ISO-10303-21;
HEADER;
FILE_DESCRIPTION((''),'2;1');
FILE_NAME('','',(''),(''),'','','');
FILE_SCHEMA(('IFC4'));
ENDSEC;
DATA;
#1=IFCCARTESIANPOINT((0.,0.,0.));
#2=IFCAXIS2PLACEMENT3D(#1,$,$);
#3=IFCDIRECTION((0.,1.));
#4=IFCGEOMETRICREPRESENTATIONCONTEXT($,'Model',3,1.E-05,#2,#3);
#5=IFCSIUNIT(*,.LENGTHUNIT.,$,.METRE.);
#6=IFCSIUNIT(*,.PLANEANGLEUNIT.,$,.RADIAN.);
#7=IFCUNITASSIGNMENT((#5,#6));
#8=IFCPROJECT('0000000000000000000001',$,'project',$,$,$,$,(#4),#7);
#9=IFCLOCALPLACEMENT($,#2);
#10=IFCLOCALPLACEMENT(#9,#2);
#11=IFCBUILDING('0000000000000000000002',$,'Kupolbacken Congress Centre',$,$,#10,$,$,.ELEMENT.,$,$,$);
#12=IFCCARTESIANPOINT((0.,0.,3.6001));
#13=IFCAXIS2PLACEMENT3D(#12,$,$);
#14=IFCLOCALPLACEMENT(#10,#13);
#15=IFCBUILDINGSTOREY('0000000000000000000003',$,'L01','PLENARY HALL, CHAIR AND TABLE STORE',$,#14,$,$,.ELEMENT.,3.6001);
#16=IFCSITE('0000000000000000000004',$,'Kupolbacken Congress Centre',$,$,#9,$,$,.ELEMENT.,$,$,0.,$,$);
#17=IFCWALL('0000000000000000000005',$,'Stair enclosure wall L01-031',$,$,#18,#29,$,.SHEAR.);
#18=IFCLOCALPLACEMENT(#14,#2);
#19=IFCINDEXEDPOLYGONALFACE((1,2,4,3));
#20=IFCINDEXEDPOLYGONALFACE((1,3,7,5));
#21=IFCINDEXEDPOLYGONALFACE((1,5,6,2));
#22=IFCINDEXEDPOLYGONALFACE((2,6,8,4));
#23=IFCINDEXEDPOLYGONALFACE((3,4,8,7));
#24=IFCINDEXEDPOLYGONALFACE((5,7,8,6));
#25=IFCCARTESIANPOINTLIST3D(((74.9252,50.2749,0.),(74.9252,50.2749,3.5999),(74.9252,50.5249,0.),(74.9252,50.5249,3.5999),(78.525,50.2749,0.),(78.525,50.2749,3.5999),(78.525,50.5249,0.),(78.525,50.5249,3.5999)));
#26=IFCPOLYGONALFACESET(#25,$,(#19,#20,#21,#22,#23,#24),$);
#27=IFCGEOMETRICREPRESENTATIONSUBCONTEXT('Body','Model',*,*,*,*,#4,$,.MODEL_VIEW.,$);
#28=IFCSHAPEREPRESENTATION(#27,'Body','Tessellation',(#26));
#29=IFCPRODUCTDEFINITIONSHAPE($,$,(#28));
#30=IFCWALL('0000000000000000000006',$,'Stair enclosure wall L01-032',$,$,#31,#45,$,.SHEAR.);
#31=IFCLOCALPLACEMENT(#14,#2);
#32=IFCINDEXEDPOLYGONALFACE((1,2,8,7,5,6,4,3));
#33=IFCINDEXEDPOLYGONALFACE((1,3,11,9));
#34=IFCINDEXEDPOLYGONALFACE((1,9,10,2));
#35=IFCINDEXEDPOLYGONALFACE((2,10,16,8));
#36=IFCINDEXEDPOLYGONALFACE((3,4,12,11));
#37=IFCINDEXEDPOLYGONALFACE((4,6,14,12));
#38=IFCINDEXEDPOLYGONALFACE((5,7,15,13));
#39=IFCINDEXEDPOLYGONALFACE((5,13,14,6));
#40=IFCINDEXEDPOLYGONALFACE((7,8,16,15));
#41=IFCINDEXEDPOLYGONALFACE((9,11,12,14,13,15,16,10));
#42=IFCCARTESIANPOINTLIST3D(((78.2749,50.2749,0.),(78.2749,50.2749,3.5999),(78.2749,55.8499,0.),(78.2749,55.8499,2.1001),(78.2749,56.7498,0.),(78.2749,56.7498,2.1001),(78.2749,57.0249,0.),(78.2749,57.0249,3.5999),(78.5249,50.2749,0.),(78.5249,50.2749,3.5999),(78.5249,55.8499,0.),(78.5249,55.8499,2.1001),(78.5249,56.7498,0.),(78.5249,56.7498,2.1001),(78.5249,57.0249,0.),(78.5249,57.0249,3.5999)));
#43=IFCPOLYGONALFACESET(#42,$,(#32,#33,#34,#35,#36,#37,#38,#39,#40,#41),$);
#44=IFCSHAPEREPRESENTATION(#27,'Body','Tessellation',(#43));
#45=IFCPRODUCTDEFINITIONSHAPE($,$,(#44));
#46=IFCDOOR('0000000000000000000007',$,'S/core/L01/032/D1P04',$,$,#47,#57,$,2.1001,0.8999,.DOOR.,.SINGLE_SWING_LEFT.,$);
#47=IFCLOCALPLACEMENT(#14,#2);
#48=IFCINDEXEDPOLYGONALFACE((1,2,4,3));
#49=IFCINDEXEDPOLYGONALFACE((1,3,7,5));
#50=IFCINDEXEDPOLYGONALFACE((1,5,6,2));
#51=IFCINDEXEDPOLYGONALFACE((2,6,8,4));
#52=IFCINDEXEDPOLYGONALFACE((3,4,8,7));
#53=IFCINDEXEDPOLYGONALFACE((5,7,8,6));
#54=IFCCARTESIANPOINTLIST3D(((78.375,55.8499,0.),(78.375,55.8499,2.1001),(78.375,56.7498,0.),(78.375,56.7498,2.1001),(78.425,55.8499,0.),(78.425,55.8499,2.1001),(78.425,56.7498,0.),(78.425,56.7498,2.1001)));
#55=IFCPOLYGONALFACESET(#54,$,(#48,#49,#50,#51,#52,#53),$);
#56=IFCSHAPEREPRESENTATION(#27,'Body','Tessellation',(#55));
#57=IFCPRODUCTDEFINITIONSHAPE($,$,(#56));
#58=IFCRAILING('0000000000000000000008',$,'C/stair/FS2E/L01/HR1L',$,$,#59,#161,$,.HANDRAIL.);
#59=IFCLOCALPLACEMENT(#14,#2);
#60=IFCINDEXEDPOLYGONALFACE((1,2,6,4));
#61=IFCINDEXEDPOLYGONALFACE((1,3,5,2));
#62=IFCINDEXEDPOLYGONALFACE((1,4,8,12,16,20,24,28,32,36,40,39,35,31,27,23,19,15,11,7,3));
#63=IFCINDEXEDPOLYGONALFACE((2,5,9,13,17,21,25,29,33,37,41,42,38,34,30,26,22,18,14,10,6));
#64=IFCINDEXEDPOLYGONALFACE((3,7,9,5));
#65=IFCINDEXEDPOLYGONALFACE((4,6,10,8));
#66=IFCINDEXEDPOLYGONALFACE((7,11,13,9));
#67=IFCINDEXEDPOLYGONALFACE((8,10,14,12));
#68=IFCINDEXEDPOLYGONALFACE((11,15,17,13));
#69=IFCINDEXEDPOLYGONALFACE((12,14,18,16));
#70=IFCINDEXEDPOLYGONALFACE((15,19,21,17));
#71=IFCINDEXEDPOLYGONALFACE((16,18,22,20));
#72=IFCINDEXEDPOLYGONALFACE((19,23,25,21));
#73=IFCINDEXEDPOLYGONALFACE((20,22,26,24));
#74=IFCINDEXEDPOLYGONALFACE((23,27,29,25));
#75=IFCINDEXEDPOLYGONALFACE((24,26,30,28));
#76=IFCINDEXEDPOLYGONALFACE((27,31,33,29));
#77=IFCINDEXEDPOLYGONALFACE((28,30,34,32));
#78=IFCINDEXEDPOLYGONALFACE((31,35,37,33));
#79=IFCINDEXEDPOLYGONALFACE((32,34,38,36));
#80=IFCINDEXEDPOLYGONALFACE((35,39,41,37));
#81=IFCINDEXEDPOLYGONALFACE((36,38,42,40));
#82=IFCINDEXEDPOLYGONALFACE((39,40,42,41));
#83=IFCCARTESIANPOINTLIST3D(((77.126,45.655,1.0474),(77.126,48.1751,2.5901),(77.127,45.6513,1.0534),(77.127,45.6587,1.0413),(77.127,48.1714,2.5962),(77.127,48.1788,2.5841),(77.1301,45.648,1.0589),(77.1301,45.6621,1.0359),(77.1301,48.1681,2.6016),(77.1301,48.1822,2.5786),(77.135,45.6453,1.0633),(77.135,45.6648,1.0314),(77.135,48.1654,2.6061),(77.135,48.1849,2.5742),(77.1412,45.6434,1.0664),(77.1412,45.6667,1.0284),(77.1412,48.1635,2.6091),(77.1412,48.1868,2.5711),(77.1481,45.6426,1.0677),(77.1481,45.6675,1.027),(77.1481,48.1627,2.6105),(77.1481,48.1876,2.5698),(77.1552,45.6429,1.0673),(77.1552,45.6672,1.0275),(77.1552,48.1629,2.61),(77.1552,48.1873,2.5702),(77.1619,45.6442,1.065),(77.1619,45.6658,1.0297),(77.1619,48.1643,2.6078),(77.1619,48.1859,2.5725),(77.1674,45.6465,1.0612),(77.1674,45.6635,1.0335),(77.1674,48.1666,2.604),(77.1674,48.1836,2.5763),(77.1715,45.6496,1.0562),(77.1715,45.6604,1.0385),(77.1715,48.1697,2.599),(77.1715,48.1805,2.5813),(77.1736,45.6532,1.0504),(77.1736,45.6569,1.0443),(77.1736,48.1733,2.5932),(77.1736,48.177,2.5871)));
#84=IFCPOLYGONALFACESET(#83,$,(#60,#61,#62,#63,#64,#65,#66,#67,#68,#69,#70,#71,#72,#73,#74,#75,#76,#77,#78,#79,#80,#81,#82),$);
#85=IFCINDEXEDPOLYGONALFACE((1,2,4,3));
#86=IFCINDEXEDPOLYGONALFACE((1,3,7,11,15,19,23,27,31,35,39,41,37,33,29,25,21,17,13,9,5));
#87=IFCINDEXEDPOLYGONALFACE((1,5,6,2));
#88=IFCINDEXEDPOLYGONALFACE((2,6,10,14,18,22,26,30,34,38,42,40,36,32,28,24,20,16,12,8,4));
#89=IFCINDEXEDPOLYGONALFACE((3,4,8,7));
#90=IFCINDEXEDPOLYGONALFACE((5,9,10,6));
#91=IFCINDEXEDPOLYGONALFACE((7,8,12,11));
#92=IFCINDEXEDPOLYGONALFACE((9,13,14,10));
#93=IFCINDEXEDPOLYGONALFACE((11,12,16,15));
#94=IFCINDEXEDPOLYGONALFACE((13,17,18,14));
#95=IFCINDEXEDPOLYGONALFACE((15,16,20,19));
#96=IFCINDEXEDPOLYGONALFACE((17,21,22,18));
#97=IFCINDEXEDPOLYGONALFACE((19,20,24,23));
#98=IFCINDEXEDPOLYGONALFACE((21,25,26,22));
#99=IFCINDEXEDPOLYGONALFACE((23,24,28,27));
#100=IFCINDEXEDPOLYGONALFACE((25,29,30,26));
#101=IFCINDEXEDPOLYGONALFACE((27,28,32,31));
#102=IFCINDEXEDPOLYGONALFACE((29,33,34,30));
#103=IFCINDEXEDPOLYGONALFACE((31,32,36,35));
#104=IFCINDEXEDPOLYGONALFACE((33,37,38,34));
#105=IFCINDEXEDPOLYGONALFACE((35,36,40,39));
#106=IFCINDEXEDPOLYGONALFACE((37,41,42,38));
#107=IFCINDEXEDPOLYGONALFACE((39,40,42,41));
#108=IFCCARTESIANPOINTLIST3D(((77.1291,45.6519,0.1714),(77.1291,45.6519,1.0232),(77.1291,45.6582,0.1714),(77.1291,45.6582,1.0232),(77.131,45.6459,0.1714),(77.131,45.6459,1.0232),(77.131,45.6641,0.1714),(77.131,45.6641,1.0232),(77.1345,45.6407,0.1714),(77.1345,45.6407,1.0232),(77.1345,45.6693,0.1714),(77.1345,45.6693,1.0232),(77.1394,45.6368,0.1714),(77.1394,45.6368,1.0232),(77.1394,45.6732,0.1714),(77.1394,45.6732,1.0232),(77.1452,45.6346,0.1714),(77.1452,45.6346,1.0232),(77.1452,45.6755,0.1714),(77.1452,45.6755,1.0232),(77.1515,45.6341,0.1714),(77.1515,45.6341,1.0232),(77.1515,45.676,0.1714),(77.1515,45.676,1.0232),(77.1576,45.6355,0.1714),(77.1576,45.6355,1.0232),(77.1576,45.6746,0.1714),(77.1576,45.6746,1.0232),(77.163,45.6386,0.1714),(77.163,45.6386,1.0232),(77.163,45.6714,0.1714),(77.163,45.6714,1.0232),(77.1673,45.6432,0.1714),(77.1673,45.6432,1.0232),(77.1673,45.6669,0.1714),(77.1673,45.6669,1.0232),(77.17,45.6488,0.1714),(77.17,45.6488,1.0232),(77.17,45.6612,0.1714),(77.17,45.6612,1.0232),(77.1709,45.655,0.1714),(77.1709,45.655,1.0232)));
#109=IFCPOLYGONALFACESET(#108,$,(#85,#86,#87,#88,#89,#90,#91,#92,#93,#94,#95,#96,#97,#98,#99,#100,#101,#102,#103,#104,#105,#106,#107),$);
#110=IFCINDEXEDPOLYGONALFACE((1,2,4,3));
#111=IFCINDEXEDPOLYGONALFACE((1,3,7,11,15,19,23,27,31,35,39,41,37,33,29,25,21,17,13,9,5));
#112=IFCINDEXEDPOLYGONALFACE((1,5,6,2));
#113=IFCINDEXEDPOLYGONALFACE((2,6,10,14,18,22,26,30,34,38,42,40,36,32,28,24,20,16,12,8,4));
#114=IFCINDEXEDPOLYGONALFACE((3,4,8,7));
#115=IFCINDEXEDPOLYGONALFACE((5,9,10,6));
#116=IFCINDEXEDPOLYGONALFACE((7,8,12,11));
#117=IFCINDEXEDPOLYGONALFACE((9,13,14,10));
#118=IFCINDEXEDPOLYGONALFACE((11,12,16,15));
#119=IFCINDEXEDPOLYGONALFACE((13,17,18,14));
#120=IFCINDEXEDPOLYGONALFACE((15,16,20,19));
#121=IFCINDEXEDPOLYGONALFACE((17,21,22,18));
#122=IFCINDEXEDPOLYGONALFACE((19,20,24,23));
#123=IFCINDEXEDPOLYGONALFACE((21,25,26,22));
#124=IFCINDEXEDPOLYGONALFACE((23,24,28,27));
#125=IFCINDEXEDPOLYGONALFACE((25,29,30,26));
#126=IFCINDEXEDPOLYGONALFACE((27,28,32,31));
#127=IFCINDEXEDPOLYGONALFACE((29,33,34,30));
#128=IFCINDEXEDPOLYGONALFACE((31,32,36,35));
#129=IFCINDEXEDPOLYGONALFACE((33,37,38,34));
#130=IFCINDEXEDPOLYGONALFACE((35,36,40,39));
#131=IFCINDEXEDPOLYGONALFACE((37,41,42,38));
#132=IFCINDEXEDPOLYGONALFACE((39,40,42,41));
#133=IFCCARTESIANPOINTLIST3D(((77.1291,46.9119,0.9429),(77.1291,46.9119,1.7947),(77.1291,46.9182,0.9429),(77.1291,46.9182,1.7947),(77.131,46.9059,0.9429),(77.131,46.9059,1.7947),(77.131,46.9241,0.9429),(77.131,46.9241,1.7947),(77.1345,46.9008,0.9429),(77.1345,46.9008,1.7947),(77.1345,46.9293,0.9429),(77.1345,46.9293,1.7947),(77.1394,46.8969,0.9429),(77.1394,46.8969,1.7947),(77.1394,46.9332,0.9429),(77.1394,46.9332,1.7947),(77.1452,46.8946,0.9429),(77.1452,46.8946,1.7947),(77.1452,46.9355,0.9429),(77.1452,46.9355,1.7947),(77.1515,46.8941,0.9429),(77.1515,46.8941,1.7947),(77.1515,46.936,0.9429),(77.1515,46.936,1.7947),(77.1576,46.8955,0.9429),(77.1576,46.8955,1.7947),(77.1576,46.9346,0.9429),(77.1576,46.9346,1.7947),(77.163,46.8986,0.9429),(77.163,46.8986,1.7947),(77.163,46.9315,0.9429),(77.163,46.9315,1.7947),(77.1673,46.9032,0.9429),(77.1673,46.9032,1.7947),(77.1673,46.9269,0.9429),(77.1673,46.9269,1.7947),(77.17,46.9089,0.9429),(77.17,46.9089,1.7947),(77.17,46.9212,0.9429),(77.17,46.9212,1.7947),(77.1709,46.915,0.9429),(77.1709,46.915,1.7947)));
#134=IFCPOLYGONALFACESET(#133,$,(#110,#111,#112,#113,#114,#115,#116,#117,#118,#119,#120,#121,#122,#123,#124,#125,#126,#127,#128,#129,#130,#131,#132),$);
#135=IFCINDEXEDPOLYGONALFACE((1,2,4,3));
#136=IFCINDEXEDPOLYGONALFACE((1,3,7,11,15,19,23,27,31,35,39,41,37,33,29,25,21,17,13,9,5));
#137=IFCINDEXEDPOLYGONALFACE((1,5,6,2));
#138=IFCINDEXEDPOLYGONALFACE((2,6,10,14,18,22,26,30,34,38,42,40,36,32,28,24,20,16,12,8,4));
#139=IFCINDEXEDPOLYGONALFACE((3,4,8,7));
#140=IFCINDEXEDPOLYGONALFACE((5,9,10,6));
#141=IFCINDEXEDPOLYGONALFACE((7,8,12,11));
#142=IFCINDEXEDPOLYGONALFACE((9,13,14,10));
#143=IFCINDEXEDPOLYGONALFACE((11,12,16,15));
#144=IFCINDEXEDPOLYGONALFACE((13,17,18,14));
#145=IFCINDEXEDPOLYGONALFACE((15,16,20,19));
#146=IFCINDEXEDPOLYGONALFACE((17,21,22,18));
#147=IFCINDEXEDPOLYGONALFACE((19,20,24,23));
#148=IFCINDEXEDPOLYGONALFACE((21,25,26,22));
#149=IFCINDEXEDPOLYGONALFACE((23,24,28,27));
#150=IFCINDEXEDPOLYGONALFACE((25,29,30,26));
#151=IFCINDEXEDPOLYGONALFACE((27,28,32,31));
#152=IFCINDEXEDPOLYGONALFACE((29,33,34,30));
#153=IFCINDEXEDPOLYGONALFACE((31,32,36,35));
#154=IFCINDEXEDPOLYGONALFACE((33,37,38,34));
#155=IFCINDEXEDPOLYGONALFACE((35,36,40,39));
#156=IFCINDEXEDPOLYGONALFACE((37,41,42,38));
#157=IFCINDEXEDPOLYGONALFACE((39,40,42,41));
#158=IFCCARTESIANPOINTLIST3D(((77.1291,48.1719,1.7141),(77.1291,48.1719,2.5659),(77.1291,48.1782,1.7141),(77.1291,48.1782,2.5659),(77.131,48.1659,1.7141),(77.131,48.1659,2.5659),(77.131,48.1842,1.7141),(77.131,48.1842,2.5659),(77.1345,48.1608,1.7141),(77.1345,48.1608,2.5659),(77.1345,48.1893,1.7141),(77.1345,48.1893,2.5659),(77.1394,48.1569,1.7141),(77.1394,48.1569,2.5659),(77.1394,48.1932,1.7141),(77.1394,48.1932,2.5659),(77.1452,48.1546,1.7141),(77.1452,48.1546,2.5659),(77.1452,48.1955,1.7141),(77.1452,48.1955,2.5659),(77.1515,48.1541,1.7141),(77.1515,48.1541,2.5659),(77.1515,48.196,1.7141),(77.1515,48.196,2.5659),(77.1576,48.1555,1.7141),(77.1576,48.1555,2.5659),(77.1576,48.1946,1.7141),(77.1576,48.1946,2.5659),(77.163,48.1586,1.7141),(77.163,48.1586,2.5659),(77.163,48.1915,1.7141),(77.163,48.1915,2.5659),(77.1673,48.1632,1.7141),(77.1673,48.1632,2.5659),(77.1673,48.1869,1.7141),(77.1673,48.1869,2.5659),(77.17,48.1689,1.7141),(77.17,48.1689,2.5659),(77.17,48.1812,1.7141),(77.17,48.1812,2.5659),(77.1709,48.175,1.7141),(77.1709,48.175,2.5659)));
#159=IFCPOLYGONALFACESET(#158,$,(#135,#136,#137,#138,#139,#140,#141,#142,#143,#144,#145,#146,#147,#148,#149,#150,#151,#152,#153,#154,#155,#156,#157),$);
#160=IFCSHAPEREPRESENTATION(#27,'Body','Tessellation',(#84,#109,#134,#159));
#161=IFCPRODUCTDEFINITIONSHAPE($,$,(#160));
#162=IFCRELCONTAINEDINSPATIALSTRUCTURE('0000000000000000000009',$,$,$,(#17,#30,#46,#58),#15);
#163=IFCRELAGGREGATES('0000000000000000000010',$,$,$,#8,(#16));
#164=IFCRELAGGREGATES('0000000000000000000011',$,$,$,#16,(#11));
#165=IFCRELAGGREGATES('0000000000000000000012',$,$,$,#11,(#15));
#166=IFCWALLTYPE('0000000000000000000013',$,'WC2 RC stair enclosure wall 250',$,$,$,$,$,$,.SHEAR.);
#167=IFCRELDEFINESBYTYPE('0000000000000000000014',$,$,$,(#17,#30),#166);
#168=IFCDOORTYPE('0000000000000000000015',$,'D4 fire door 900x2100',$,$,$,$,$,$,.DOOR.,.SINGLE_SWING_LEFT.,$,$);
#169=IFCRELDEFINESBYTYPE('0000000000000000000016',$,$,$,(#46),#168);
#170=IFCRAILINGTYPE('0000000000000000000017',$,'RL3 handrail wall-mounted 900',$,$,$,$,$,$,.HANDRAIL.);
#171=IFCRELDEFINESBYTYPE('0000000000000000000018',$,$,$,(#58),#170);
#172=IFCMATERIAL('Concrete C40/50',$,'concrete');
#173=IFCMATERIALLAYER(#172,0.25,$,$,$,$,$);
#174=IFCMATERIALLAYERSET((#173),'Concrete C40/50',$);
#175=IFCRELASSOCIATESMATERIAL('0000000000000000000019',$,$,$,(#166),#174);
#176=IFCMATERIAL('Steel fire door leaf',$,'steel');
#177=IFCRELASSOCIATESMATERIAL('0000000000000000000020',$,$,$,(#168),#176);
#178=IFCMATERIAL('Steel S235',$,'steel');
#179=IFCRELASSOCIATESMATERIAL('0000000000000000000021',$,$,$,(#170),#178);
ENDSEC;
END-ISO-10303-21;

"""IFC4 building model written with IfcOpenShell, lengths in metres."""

from ifc_helpers import new_model, si_unit, direction, frame, frame_2d, origin, origin_2d, place, context, subcontext, project, spatial, rectangle, circle, extrude, material, layer, layer_set, type_object, element, fill, save


model = new_model("IFC4")

# Units and contexts
model_context = context("Model", 3, precision=1e-05, world=origin(), true_north=direction((0.0, 1.0)))
body_context = subcontext(model_context, "Body", "Model", "MODEL_VIEW")
ifc_project = project(units=[si_unit("LENGTHUNIT", "METRE"), si_unit("PLANEANGLEUNIT", "RADIAN")], contexts=[model_context])

# Site, building, storey
site_placement = place(None, origin())
site = spatial("IfcSite", under=ifc_project, at=site_placement, Name="Kupolbacken Congress Centre", CompositionType="ELEMENT", RefElevation=0.0)
building_placement = place(site_placement, origin())
building = spatial("IfcBuilding", under=site, at=building_placement, Name="Kupolbacken Congress Centre", CompositionType="ELEMENT")
storey_placement = place(building_placement, frame((0.0, 0.0, 3.6001)))
storey = spatial("IfcBuildingStorey", under=building, at=storey_placement, Name="L01", Description="PLENARY HALL, CHAIR AND TABLE STORE", CompositionType="ELEMENT", Elevation=3.6001)

# Wall
ifc_material_1 = material(Name="Concrete C40/50", Category="concrete")
ifc_layer_1 = layer(ifc_material_1, 0.25)
ifc_layer_set_1 = layer_set([ifc_layer_1], Name="Concrete C40/50")
wall_type_1 = type_object("IfcWallType", Name="WC2 RC stair enclosure wall 250", PredefinedType="SHEAR", material=ifc_layer_set_1)
wall_1_placement = place(storey_placement, frame((78.5249, 50.3999, 0.0), z_axis=(0.0, 0.0, 1.0), x_axis=(-1.0, 0.0, 0.0)))
element("IfcWall", 1, at=wall_1_placement, inside=storey, type_object=wall_type_1, Name="Stair enclosure wall L01-031", PredefinedType="SHEAR", context=body_context, shape_type="SweptSolid", body=[
    extrude(rectangle(XDim=3.5999, YDim=0.25, at=frame_2d((1.7998, 0.0))), origin(), (0.0, 0.0, 1.0), 3.5999),
])

# Wall, opening, door
wall_2_placement = place(storey_placement, frame((78.3999, 50.2749, 0.0), z_axis=(0.0, 0.0, 1.0), x_axis=(0.0, 1.0, 0.0)))
wall_2 = element("IfcWall", 2, at=wall_2_placement, inside=storey, type_object=wall_type_1, Name="Stair enclosure wall L01-032", PredefinedType="SHEAR", context=body_context, shape_type="SweptSolid", body=[
    extrude(rectangle(XDim=6.75, YDim=0.25, at=frame_2d((3.375, 0.0))), origin(), (0.0, 0.0, 1.0), 3.5999),
])
opening_1_placement = place(wall_2_placement, frame((5.575, 0.0, 0.0)))
opening_1 = element("IfcOpeningElement", 3, at=opening_1_placement, cuts=wall_2, PredefinedType="OPENING", context=body_context, shape_type="SweptSolid", body=[
    extrude(rectangle(XDim=0.8999, YDim=2.1001, at=frame_2d((0.45, 1.05))), frame((0.0, 0.135, 0.0), z_axis=(0.0, -1.0, 0.0), x_axis=(1.0, 0.0, 0.0)), (0.0, 0.0, 1.0), 0.27),
])
ifc_material_2 = material(Name="Steel fire door leaf", Category="steel")
door_type_1 = type_object("IfcDoorType", Name="D4 fire door 900x2100", OperationType="SINGLE_SWING_LEFT", PredefinedType="DOOR", material=ifc_material_2)
door_1_placement = place(opening_1_placement, origin())
door_1 = element("IfcDoor", 4, at=door_1_placement, inside=storey, type_object=door_type_1, Name="S/core/L01/032/D1P04", OperationType="SINGLE_SWING_LEFT", OverallHeight=2.1001, OverallWidth=0.8999, PredefinedType="DOOR", context=body_context, shape_type="SweptSolid", body=[
    extrude(rectangle(XDim=0.8999, YDim=2.1001, at=frame_2d((0.45, 1.05))), frame((0.0, 0.0249, 0.0), z_axis=(0.0, -1.0, 0.0), x_axis=(1.0, 0.0, 0.0)), (0.0, 0.0, 1.0), 0.05),
])
fill(opening_1, door_1)

# Railing
ifc_material_3 = material(Name="Steel S235", Category="steel")
railing_type = type_object("IfcRailingType", Name="RL3 handrail wall-mounted 900", PredefinedType="HANDRAIL", material=ifc_material_3)
for number, where, name in (
    (5, (77.1499, 45.655, 0.1714), "C/stair/FS2E/L01/HR1L"),
):
    element("IfcRailing", number, at=place(storey_placement, frame(where)), inside=storey, type_object=railing_type, Name=name, PredefinedType="HANDRAIL", context=body_context, shape_type="SweptSolid", body=[
        extrude(circle(Radius=0.0239, at=origin_2d()), frame((0.0, 0.0, 0.876), z_axis=(0.0, 0.852873, 0.522118), x_axis=(-1.0, 0.0, 0.0)), (0.0, 0.0, 1.0), 2.9548),
        extrude(circle(Radius=0.021, at=origin_2d()), origin(), (0.0, 0.0, 1.0), 0.8518),
        extrude(circle(Radius=0.021, at=origin_2d()), frame((0.0, 1.26, 0.7715)), (0.0, 0.0, 1.0), 0.8518),
        extrude(circle(Radius=0.021, at=origin_2d()), frame((0.0, 2.52, 1.5427)), (0.0, 0.0, 1.0), 0.8518),
    ])

save(model, "model.ifc")
